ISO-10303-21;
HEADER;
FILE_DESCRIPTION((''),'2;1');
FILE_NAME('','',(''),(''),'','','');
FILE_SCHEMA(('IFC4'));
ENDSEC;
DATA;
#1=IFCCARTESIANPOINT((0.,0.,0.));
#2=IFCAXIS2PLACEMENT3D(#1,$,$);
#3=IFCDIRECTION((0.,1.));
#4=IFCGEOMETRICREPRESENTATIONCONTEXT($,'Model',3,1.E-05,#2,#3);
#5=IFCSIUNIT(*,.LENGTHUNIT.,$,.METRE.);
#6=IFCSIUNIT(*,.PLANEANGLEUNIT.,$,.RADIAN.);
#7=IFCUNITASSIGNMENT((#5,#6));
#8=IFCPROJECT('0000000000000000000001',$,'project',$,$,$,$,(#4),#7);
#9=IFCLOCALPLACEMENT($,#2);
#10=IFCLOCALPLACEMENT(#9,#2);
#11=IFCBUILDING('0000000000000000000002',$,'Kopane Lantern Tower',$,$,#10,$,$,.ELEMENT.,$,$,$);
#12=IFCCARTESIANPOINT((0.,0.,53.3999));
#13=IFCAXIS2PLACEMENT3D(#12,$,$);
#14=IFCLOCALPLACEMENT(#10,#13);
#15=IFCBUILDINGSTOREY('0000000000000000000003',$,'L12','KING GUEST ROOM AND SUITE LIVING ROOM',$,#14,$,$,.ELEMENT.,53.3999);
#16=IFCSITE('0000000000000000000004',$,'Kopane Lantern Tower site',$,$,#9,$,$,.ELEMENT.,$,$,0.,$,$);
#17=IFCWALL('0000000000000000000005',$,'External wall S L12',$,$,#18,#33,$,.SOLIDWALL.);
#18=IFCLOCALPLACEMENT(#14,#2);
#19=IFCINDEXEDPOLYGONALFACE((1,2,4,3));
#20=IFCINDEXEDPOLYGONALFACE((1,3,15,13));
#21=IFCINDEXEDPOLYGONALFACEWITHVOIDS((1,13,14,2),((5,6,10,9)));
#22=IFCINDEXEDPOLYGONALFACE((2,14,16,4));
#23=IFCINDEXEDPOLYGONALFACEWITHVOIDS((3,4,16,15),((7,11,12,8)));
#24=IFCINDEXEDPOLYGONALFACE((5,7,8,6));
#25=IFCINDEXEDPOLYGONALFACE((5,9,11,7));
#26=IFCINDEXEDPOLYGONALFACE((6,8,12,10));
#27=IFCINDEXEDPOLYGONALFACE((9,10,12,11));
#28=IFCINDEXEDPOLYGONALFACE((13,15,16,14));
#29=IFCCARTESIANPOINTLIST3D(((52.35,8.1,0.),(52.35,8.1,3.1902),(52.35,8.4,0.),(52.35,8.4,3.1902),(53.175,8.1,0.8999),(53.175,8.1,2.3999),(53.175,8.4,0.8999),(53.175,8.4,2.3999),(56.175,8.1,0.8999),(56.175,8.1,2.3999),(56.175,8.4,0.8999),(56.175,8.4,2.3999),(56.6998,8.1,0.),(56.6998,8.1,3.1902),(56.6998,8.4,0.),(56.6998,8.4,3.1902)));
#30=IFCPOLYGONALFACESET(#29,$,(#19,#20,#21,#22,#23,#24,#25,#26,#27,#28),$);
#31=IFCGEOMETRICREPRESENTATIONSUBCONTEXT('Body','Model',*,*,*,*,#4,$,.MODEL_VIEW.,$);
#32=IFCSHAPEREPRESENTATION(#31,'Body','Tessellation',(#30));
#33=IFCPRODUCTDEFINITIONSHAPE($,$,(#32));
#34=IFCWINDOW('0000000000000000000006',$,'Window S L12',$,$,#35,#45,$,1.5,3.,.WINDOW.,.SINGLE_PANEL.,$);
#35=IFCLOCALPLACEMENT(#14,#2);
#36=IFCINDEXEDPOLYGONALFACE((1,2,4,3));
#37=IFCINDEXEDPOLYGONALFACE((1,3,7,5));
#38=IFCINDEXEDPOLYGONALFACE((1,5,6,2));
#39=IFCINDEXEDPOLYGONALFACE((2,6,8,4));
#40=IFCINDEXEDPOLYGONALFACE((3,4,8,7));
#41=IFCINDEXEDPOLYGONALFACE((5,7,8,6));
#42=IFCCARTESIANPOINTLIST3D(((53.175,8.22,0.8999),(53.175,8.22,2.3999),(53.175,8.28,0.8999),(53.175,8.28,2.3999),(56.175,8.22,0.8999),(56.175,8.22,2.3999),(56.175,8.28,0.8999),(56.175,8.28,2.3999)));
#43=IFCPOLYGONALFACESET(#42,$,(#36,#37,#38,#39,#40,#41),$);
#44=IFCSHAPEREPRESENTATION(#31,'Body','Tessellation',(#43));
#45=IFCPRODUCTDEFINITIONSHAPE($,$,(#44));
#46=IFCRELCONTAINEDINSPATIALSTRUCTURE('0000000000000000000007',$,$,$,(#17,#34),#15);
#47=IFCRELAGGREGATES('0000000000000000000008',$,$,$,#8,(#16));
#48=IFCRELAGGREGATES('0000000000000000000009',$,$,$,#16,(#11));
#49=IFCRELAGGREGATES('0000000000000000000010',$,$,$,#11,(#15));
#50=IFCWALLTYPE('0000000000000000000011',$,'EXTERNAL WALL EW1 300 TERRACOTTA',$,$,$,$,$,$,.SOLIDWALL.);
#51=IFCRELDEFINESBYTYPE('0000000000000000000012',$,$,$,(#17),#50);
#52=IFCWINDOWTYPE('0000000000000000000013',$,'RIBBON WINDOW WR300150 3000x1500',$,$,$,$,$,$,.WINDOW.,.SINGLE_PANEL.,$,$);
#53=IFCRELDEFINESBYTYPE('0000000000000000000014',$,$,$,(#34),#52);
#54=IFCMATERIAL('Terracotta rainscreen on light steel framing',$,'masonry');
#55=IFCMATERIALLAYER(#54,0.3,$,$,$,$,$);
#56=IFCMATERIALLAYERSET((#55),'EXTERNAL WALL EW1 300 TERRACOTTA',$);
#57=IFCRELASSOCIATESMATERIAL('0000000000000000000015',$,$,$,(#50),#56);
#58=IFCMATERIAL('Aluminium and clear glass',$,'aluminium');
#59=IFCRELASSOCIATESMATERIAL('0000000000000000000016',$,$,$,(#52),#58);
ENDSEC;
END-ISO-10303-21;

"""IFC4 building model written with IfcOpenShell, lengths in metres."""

from ifc_helpers import new_model, si_unit, direction, frame, frame_2d, origin, place, context, subcontext, project, spatial, rectangle, extrude, material, layer, layer_set, type_object, element, fill, save


model = new_model("IFC4")

# Units and contexts
model_context = context("Model", 3, precision=1e-05, world=origin(), true_north=direction((0.0, 1.0)))
body_context = subcontext(model_context, "Body", "Model", "MODEL_VIEW")
ifc_project = project(units=[si_unit("LENGTHUNIT", "METRE"), si_unit("PLANEANGLEUNIT", "RADIAN")], contexts=[model_context])

# Site, building, storey
site_placement = place(None, origin())
site = spatial("IfcSite", under=ifc_project, at=site_placement, Name="Kopane Lantern Tower site", CompositionType="ELEMENT", RefElevation=0.0)
building_placement = place(site_placement, origin())
building = spatial("IfcBuilding", under=site, at=building_placement, Name="Kopane Lantern Tower", CompositionType="ELEMENT")
storey_placement = place(building_placement, frame((0.0, 0.0, 53.3999)))
storey = spatial("IfcBuildingStorey", under=building, at=storey_placement, Name="L12", Description="KING GUEST ROOM AND SUITE LIVING ROOM", CompositionType="ELEMENT", Elevation=53.3999)

# Wall, opening, window
ifc_material_1 = material(Name="Terracotta rainscreen on light steel framing", Category="masonry")
ifc_layer = layer(ifc_material_1, 0.3)
ifc_layer_set = layer_set([ifc_layer], Name="EXTERNAL WALL EW1 300 TERRACOTTA")
wall_type = type_object("IfcWallType", Name="EXTERNAL WALL EW1 300 TERRACOTTA", PredefinedType="SOLIDWALL", material=ifc_layer_set)
ifc_material_2 = material(Name="Aluminium and clear glass", Category="aluminium")
window_type_1 = type_object("IfcWindowType", Name="RIBBON WINDOW WR300150 3000x1500", PartitioningType="SINGLE_PANEL", PredefinedType="WINDOW", material=ifc_material_2)
wall_1_placement = place(storey_placement, frame((52.3501, 8.25, 0.0), z_axis=(0.0, 0.0, 1.0), x_axis=(1.0, 0.0, 0.0)))
wall_1 = element("IfcWall", 1, at=wall_1_placement, inside=storey, type_object=wall_type, Name="External wall S L12", PredefinedType="SOLIDWALL", context=body_context, shape_type="SweptSolid", body=[
    extrude(rectangle(XDim=4.3499, YDim=0.3, at=frame_2d((2.1748, 0.0))), origin(), (0.0, 0.0, 1.0), 3.1902),
])
opening_1_placement = place(wall_1_placement, frame((0.825, 0.0, 0.8999)))
opening_1 = element("IfcOpeningElement", 2, at=opening_1_placement, cuts=wall_1, PredefinedType="OPENING", context=body_context, shape_type="SweptSolid", body=[
    extrude(rectangle(XDim=3.0, YDim=1.5, at=frame_2d((1.5, 0.75))), frame((0.0, 0.1599, 0.0), z_axis=(0.0, -1.0, 0.0), x_axis=(1.0, 0.0, 0.0)), (0.0, 0.0, 1.0), 0.3201),
])
window_1_placement = place(opening_1_placement, origin())
window_1 = element("IfcWindow", 3, at=window_1_placement, inside=storey, type_object=window_type_1, Name="Window S L12", OverallHeight=1.5, OverallWidth=3.0, PartitioningType="SINGLE_PANEL", PredefinedType="WINDOW", context=body_context, shape_type="SweptSolid", body=[
    extrude(rectangle(XDim=3.0, YDim=1.5, at=frame_2d((1.5, 0.75))), frame((0.0, 0.03, 0.0), z_axis=(0.0, -1.0, 0.0), x_axis=(1.0, 0.0, 0.0)), (0.0, 0.0, 1.0), 0.0601),
])
fill(opening_1, window_1)

save(model, "model.ifc")
